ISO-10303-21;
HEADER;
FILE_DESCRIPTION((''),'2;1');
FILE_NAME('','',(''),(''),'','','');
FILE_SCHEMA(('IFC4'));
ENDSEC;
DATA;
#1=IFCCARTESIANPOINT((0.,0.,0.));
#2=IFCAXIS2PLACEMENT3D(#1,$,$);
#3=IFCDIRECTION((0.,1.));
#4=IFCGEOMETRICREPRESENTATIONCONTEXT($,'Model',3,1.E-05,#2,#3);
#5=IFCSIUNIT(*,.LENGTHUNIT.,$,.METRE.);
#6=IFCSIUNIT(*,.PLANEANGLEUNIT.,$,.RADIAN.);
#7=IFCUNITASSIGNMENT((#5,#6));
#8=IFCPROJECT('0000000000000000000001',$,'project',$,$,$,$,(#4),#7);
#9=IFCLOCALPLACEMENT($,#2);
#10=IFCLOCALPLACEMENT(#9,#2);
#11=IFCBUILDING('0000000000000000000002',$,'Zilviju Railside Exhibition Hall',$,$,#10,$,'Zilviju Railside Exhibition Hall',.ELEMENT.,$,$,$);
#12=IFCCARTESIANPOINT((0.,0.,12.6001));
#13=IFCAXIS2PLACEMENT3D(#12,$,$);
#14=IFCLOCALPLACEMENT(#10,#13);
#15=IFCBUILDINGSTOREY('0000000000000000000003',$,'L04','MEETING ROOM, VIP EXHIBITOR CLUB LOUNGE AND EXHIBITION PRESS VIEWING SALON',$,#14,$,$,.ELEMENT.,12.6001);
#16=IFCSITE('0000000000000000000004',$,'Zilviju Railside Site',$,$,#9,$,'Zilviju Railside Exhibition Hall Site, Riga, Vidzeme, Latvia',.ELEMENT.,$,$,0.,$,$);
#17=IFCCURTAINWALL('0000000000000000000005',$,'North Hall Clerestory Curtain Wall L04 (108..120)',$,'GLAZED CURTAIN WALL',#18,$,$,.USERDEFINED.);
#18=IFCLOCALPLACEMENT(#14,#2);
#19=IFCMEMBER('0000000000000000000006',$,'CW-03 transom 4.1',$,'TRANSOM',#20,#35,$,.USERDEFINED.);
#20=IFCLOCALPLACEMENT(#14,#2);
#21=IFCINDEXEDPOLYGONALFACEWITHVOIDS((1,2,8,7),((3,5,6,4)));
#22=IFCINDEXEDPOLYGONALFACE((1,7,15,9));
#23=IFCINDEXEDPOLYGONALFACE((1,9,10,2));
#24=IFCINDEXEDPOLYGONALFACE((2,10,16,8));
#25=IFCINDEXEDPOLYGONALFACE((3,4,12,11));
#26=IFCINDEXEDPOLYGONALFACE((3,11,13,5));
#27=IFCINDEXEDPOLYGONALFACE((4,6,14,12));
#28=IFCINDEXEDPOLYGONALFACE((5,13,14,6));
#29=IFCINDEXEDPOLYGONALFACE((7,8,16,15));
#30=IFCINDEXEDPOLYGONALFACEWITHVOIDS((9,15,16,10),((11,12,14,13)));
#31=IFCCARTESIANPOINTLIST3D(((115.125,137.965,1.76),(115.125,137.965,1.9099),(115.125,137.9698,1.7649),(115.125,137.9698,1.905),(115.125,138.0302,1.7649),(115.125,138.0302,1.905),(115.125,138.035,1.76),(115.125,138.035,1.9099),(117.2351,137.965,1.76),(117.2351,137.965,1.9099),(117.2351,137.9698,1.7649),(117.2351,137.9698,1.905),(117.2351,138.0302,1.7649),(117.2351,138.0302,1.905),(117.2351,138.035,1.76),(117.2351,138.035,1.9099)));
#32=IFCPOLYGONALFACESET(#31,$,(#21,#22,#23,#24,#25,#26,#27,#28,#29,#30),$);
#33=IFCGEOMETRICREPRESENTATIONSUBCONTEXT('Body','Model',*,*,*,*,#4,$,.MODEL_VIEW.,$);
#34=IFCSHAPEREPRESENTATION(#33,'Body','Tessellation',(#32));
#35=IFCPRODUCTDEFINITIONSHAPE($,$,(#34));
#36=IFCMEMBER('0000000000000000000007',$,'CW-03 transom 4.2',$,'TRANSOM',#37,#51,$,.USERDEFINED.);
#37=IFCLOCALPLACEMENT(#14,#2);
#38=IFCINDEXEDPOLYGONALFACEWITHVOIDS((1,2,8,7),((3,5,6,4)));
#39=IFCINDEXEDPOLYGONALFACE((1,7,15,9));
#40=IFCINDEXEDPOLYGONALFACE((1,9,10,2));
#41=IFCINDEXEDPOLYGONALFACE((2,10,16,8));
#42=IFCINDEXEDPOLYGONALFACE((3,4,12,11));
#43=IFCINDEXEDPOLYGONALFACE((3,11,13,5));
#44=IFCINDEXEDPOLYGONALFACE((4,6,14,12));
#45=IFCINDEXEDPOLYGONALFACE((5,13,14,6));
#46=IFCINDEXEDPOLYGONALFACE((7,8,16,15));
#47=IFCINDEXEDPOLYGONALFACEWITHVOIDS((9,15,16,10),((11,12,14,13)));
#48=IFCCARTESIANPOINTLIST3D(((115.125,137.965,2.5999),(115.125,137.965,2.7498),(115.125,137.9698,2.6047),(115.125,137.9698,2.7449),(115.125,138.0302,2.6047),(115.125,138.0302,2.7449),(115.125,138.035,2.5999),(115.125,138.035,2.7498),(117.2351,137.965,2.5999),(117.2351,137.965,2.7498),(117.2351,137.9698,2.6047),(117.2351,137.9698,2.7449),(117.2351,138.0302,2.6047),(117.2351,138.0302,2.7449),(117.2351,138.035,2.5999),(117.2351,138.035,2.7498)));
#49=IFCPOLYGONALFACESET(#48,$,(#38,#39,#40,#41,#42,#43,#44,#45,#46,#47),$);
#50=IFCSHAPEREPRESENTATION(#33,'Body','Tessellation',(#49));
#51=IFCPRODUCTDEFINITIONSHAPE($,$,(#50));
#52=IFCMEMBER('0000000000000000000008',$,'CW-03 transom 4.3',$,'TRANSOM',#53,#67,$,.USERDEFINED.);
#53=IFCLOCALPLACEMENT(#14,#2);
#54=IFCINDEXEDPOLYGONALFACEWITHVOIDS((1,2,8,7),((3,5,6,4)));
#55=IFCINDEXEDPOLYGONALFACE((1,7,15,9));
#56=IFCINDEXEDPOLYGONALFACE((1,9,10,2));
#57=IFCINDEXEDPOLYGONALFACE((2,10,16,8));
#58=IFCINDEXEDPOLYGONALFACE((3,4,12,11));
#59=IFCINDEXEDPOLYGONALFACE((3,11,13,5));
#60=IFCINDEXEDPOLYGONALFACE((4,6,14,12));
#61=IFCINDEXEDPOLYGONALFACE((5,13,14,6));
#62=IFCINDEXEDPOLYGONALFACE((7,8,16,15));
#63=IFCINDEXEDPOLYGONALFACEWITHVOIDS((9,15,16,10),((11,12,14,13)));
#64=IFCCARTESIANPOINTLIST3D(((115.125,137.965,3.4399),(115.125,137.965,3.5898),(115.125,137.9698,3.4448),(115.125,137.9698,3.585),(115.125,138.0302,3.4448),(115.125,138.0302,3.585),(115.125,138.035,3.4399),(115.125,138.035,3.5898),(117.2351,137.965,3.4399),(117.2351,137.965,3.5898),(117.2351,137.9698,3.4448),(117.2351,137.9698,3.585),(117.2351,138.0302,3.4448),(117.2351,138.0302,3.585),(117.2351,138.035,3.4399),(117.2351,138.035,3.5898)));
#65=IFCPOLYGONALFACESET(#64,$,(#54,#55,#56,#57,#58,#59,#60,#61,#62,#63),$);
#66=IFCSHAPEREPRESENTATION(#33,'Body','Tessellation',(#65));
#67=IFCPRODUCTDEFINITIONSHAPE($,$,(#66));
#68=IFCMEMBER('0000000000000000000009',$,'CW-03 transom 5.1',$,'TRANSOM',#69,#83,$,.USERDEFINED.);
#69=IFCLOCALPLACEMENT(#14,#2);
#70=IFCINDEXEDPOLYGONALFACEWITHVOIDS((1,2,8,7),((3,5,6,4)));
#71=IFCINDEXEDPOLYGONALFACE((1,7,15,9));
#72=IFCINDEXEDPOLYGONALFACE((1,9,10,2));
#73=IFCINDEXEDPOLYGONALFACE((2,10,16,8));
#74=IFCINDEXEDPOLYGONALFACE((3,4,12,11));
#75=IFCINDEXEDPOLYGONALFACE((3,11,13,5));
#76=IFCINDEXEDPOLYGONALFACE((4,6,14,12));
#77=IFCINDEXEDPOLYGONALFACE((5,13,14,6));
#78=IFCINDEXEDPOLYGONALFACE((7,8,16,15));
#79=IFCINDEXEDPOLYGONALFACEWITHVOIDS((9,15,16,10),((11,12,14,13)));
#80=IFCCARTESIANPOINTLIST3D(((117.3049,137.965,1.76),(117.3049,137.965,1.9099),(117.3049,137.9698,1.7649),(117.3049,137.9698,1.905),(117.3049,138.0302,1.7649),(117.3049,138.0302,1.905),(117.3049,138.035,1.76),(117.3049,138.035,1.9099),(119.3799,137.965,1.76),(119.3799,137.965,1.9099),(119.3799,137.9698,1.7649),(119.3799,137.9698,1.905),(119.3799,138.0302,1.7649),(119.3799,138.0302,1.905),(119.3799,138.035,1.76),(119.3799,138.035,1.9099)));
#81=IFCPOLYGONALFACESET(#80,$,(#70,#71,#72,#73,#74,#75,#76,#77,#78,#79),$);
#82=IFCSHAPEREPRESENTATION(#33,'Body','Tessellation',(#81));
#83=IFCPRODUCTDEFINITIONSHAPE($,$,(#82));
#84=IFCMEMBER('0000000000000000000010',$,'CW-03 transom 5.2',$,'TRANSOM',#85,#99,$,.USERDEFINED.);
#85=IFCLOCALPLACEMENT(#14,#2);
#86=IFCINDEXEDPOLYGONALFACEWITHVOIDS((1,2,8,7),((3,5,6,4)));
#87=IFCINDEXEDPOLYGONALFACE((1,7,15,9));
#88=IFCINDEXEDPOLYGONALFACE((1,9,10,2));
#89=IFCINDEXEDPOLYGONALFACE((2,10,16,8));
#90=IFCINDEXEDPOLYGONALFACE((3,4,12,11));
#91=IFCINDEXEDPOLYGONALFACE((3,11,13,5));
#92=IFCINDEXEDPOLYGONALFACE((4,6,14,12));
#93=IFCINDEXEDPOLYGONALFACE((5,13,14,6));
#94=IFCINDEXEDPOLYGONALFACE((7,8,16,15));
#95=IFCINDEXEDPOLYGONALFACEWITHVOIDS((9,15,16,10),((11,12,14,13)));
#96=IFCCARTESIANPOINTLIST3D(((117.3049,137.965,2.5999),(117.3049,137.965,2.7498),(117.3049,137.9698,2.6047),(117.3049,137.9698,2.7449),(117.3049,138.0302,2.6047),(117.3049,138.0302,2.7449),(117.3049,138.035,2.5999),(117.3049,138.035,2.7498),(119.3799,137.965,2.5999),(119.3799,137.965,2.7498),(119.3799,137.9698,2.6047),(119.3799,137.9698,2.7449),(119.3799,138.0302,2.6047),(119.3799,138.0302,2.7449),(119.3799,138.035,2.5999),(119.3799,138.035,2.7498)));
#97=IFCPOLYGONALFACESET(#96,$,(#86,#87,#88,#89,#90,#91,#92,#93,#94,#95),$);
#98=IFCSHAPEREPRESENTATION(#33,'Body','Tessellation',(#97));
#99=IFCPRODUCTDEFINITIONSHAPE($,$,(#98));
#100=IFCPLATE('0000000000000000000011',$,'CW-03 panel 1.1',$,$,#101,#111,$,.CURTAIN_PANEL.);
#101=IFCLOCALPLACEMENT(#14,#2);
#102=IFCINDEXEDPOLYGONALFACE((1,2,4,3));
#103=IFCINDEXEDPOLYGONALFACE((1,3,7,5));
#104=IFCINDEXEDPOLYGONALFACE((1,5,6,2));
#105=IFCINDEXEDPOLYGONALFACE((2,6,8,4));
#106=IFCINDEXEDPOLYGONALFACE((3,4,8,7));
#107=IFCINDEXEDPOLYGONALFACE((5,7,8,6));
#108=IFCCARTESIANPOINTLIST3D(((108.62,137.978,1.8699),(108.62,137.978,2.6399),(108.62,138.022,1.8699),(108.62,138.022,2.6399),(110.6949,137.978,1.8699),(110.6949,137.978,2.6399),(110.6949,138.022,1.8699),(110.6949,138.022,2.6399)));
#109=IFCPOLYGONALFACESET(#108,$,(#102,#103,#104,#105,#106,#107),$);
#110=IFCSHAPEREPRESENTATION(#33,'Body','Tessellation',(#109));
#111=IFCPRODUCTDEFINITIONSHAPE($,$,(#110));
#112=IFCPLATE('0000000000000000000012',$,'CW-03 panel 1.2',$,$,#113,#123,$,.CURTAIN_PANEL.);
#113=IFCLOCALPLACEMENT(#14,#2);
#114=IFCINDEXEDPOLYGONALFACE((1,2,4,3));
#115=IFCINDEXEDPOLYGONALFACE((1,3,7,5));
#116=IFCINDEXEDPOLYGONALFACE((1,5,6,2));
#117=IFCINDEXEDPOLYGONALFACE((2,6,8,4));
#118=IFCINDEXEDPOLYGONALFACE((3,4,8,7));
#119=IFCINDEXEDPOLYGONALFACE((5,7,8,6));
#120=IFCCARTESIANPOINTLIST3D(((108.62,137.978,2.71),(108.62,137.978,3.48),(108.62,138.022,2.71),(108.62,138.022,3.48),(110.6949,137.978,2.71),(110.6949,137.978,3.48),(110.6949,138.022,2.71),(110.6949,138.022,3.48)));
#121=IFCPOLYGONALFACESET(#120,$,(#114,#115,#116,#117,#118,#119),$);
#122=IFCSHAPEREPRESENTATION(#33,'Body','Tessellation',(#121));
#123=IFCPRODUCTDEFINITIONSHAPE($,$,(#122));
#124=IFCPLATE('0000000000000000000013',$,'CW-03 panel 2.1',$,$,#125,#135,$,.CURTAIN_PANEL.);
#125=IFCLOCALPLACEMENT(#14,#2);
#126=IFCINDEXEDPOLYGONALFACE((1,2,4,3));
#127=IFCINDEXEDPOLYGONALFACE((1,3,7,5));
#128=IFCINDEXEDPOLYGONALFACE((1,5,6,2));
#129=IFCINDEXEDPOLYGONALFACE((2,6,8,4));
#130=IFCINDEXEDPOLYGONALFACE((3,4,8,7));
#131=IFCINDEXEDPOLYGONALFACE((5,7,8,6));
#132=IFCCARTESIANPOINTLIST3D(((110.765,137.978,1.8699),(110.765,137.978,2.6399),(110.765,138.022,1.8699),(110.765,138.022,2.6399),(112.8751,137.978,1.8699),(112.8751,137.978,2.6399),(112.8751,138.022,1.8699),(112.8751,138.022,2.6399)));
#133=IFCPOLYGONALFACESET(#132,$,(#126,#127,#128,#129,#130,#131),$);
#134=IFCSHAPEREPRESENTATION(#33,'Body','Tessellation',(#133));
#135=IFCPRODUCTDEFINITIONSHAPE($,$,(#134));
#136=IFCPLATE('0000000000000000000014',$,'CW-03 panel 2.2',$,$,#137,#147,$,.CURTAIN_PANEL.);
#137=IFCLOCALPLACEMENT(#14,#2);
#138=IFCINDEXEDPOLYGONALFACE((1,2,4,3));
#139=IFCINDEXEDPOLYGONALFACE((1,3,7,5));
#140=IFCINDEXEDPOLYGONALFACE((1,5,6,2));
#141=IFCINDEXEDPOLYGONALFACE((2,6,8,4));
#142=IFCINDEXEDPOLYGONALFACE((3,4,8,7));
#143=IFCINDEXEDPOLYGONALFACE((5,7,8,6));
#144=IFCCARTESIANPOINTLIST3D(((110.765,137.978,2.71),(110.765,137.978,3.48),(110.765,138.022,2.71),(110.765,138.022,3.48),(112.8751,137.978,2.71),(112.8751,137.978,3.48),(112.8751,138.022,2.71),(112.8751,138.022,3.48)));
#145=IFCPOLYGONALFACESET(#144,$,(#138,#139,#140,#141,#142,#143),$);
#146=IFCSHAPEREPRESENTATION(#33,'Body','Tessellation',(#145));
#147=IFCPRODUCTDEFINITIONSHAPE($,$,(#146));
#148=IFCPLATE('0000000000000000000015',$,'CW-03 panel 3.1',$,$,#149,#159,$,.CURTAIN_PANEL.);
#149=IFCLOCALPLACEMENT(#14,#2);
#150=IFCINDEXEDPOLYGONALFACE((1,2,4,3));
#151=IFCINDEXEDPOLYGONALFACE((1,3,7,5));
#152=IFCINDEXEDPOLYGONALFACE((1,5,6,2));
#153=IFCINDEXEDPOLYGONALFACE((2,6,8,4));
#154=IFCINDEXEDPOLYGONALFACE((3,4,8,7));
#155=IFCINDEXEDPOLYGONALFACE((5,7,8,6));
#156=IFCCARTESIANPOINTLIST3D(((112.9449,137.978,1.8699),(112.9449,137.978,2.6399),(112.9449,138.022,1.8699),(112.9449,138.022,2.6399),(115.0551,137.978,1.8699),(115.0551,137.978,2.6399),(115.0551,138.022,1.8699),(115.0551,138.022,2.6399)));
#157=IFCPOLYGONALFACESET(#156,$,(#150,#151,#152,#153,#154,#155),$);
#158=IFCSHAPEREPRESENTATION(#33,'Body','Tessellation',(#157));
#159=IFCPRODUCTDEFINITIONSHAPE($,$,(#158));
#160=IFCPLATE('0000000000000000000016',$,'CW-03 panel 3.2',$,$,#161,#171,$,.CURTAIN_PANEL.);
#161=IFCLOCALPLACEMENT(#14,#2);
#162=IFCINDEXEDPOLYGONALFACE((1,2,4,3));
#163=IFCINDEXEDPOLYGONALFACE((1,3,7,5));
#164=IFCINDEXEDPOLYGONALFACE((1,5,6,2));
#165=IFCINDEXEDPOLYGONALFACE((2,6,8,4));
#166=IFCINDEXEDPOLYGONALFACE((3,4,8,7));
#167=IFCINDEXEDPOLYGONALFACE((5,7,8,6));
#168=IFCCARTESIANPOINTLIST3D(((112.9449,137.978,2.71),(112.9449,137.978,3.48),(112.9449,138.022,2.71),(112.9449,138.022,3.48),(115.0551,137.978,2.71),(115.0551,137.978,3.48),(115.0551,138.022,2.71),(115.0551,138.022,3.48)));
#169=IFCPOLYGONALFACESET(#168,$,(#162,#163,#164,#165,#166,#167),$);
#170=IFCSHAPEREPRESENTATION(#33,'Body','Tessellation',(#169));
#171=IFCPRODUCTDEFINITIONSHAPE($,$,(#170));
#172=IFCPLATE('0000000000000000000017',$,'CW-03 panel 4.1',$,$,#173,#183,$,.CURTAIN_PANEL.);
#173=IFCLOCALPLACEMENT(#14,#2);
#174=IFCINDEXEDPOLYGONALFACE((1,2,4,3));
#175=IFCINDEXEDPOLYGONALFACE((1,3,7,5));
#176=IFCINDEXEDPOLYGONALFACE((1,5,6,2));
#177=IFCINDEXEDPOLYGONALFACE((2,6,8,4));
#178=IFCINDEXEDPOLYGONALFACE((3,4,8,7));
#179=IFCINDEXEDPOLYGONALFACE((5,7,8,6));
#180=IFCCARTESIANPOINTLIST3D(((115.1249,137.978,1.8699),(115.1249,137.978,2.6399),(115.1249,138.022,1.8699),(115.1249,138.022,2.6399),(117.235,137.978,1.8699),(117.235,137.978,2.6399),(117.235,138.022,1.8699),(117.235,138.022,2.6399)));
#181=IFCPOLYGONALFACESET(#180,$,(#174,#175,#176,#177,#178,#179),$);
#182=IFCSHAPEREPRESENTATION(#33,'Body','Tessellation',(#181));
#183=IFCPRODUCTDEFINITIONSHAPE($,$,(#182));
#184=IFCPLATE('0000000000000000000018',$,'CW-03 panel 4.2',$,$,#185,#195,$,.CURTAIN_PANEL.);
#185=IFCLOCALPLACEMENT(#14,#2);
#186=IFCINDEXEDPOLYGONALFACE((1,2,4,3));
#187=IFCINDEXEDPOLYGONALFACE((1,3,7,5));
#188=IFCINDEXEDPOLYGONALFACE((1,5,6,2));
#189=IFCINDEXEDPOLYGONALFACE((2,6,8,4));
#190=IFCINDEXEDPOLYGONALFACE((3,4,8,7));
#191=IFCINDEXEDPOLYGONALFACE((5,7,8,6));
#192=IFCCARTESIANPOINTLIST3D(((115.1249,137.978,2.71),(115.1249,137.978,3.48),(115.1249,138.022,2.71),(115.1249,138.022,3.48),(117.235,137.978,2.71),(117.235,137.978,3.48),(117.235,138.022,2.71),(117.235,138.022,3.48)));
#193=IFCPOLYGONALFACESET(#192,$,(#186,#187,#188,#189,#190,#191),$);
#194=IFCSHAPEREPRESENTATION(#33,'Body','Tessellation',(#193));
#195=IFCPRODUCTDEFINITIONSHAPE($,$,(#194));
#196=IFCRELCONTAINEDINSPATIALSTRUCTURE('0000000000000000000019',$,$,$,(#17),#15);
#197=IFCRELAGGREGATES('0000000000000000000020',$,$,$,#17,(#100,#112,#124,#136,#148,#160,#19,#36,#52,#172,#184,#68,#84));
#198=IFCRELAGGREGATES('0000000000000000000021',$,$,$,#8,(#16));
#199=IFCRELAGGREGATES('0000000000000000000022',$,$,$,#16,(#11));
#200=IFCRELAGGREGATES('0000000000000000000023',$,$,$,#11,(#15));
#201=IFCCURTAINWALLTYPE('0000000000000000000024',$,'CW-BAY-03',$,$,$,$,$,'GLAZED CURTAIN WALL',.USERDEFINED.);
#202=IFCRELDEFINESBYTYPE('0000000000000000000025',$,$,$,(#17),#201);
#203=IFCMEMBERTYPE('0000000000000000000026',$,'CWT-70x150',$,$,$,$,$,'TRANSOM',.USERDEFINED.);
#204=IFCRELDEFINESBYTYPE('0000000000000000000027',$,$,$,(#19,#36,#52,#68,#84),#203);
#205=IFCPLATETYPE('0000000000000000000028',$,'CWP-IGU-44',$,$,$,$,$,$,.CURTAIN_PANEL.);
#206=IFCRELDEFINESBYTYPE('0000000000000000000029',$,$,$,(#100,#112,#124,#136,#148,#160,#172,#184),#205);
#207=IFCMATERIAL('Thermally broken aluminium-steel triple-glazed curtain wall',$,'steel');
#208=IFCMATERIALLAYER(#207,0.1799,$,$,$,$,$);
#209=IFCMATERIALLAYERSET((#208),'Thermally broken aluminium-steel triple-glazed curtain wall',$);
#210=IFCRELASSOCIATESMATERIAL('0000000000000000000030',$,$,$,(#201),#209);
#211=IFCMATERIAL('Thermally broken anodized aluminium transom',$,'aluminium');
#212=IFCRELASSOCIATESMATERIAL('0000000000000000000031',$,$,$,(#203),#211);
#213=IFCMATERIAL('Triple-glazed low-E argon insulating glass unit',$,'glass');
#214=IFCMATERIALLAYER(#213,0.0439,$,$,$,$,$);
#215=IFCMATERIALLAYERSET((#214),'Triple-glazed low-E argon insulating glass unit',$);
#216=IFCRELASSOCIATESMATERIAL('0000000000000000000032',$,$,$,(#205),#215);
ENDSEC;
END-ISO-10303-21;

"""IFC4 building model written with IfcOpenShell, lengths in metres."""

from ifc_helpers import new_model, si_unit, direction, frame, origin, origin_2d, place, context, subcontext, project, spatial, rectangle, hollow_rectangle, extrude, material, layer, layer_set, material_profile, profile_set, type_object, element, aggregate, save


model = new_model("IFC4")

# Units and contexts
model_context = context("Model", 3, precision=1e-05, world=origin(), true_north=direction((0.0, 1.0)))
body_context = subcontext(model_context, "Body", "Model", "MODEL_VIEW")
ifc_project = project(units=[si_unit("LENGTHUNIT", "METRE"), si_unit("PLANEANGLEUNIT", "RADIAN")], contexts=[model_context])

# Site, building, storey
site_placement = place(None, origin())
site = spatial("IfcSite", under=ifc_project, at=site_placement, Name="Zilviju Railside Site", LongName="Zilviju Railside Exhibition Hall Site, Riga, Vidzeme, Latvia", CompositionType="ELEMENT", RefElevation=0.0)
building_placement = place(site_placement, origin())
building = spatial("IfcBuilding", under=site, at=building_placement, Name="Zilviju Railside Exhibition Hall", LongName="Zilviju Railside Exhibition Hall", CompositionType="ELEMENT")
storey_placement = place(building_placement, frame((0.0, 0.0, 12.6001)))
storey = spatial("IfcBuildingStorey", under=building, at=storey_placement, Name="L04", Description="MEETING ROOM, VIP EXHIBITOR CLUB LOUNGE AND EXHIBITION PRESS VIEWING SALON", CompositionType="ELEMENT", Elevation=12.6001)

# Curtain wall, members, plates
ifc_material_1 = material(Name="Thermally broken aluminium-steel triple-glazed curtain wall", Category="steel")
ifc_layer_1 = layer(ifc_material_1, 0.1799)
ifc_layer_set_1 = layer_set([ifc_layer_1], Name="Thermally broken aluminium-steel triple-glazed curtain wall")
curtain_wall_type = type_object("IfcCurtainWallType", Name="CW-BAY-03", ElementType="GLAZED CURTAIN WALL", PredefinedType="USERDEFINED", material=ifc_layer_set_1)
curtain_wall_placement = place(storey_placement, origin())
curtain_wall = element("IfcCurtainWall", 1, at=curtain_wall_placement, inside=storey, type_object=curtain_wall_type, Name="North Hall Clerestory Curtain Wall L04 (108..120)", ObjectType="GLAZED CURTAIN WALL", PredefinedType="USERDEFINED")
ifc_material_2 = material(Name="Thermally broken anodized aluminium transom", Category="aluminium")
ifc_material_profile_1 = material_profile(ifc_material_2, hollow_rectangle(XDim=0.0701, YDim=0.1499, WallThickness=0.0049, at=origin_2d()), Name="TRANSOM 150x70x5")
ifc_profile_set_1 = profile_set([ifc_material_profile_1], Name="Thermally broken anodized aluminium transom")
member_type_1 = type_object("IfcMemberType", Name="CWT-70x150", ElementType="TRANSOM", PredefinedType="USERDEFINED", material=ifc_profile_set_1)
member_1_placement = place(storey_placement, frame((115.125, 138.0, 1.835), z_axis=(1.0, 0.0, 0.0), x_axis=(0.0, 1.0, 0.0)))
member_1 = element("IfcMember", 2, at=member_1_placement, type_object=member_type_1, Name="CW-03 transom 4.1", ObjectType="TRANSOM", PredefinedType="USERDEFINED", context=body_context, shape_type="SweptSolid", body=[
    extrude(hollow_rectangle(XDim=0.0701, YDim=0.1499, WallThickness=0.0049, at=origin_2d()), origin(), (0.0, 0.0, 1.0), 2.1101),
])
member_2_placement = place(storey_placement, frame((115.125, 138.0, 2.6748), z_axis=(1.0, 0.0, 0.0), x_axis=(0.0, 1.0, 0.0)))
member_2 = element("IfcMember", 3, at=member_2_placement, type_object=member_type_1, Name="CW-03 transom 4.2", ObjectType="TRANSOM", PredefinedType="USERDEFINED", context=body_context, shape_type="SweptSolid", body=[
    extrude(hollow_rectangle(XDim=0.0701, YDim=0.1499, WallThickness=0.0049, at=origin_2d()), origin(), (0.0, 0.0, 1.0), 2.1101),
])
member_3_placement = place(storey_placement, frame((115.125, 138.0, 3.5149), z_axis=(1.0, 0.0, 0.0), x_axis=(0.0, 1.0, 0.0)))
member_3 = element("IfcMember", 4, at=member_3_placement, type_object=member_type_1, Name="CW-03 transom 4.3", ObjectType="TRANSOM", PredefinedType="USERDEFINED", context=body_context, shape_type="SweptSolid", body=[
    extrude(hollow_rectangle(XDim=0.0701, YDim=0.1499, WallThickness=0.0049, at=origin_2d()), origin(), (0.0, 0.0, 1.0), 2.1101),
])
member_4_placement = place(storey_placement, frame((117.3049, 138.0, 1.835), z_axis=(1.0, 0.0, 0.0), x_axis=(0.0, 1.0, 0.0)))
member_4 = element("IfcMember", 5, at=member_4_placement, type_object=member_type_1, Name="CW-03 transom 5.1", ObjectType="TRANSOM", PredefinedType="USERDEFINED", context=body_context, shape_type="SweptSolid", body=[
    extrude(hollow_rectangle(XDim=0.0701, YDim=0.1499, WallThickness=0.0049, at=origin_2d()), origin(), (0.0, 0.0, 1.0), 2.075),
])
member_5_placement = place(storey_placement, frame((117.3049, 138.0, 2.6748), z_axis=(1.0, 0.0, 0.0), x_axis=(0.0, 1.0, 0.0)))
member_5 = element("IfcMember", 6, at=member_5_placement, type_object=member_type_1, Name="CW-03 transom 5.2", ObjectType="TRANSOM", PredefinedType="USERDEFINED", context=body_context, shape_type="SweptSolid", body=[
    extrude(hollow_rectangle(XDim=0.0701, YDim=0.1499, WallThickness=0.0049, at=origin_2d()), origin(), (0.0, 0.0, 1.0), 2.075),
])
ifc_material_3 = material(Name="Triple-glazed low-E argon insulating glass unit", Category="glass")
ifc_layer_2 = layer(ifc_material_3, 0.0439)
ifc_layer_set_2 = layer_set([ifc_layer_2], Name="Triple-glazed low-E argon insulating glass unit")
plate_type = type_object("IfcPlateType", Name="CWP-IGU-44", PredefinedType="CURTAIN_PANEL", material=ifc_layer_set_2)
plate_1_placement = place(storey_placement, frame((109.6575, 138.0, 1.8699), z_axis=(0.0, 0.0, 1.0), x_axis=(1.0, 0.0, 0.0)))
plate_1 = element("IfcPlate", 7, at=plate_1_placement, type_object=plate_type, Name="CW-03 panel 1.1", PredefinedType="CURTAIN_PANEL", context=body_context, shape_type="SweptSolid", body=[
    extrude(rectangle(XDim=2.075, YDim=0.0439, at=origin_2d()), origin(), (0.0, 0.0, 1.0), 0.77),
])
plate_2_placement = place(storey_placement, frame((109.6575, 138.0, 2.71), z_axis=(0.0, 0.0, 1.0), x_axis=(1.0, 0.0, 0.0)))
plate_2 = element("IfcPlate", 8, at=plate_2_placement, type_object=plate_type, Name="CW-03 panel 1.2", PredefinedType="CURTAIN_PANEL", context=body_context, shape_type="SweptSolid", body=[
    extrude(rectangle(XDim=2.075, YDim=0.0439, at=origin_2d()), origin(), (0.0, 0.0, 1.0), 0.77),
])
plate_3_placement = place(storey_placement, frame((111.8201, 138.0, 1.8699), z_axis=(0.0, 0.0, 1.0), x_axis=(1.0, 0.0, 0.0)))
plate_3 = element("IfcPlate", 9, at=plate_3_placement, type_object=plate_type, Name="CW-03 panel 2.1", PredefinedType="CURTAIN_PANEL", context=body_context, shape_type="SweptSolid", body=[
    extrude(rectangle(XDim=2.1101, YDim=0.0439, at=origin_2d()), origin(), (0.0, 0.0, 1.0), 0.77),
])
plate_4_placement = place(storey_placement, frame((111.8201, 138.0, 2.71), z_axis=(0.0, 0.0, 1.0), x_axis=(1.0, 0.0, 0.0)))
plate_4 = element("IfcPlate", 10, at=plate_4_placement, type_object=plate_type, Name="CW-03 panel 2.2", PredefinedType="CURTAIN_PANEL", context=body_context, shape_type="SweptSolid", body=[
    extrude(rectangle(XDim=2.1101, YDim=0.0439, at=origin_2d()), origin(), (0.0, 0.0, 1.0), 0.77),
])
plate_5_placement = place(storey_placement, frame((114.0, 138.0, 1.8699), z_axis=(0.0, 0.0, 1.0), x_axis=(1.0, 0.0, 0.0)))
plate_5 = element("IfcPlate", 11, at=plate_5_placement, type_object=plate_type, Name="CW-03 panel 3.1", PredefinedType="CURTAIN_PANEL", context=body_context, shape_type="SweptSolid", body=[
    extrude(rectangle(XDim=2.1101, YDim=0.0439, at=origin_2d()), origin(), (0.0, 0.0, 1.0), 0.77),
])
plate_6_placement = place(storey_placement, frame((114.0, 138.0, 2.71), z_axis=(0.0, 0.0, 1.0), x_axis=(1.0, 0.0, 0.0)))
plate_6 = element("IfcPlate", 12, at=plate_6_placement, type_object=plate_type, Name="CW-03 panel 3.2", PredefinedType="CURTAIN_PANEL", context=body_context, shape_type="SweptSolid", body=[
    extrude(rectangle(XDim=2.1101, YDim=0.0439, at=origin_2d()), origin(), (0.0, 0.0, 1.0), 0.77),
])
plate_7_placement = place(storey_placement, frame((116.1799, 138.0, 1.8699), z_axis=(0.0, 0.0, 1.0), x_axis=(1.0, 0.0, 0.0)))
plate_7 = element("IfcPlate", 13, at=plate_7_placement, type_object=plate_type, Name="CW-03 panel 4.1", PredefinedType="CURTAIN_PANEL", context=body_context, shape_type="SweptSolid", body=[
    extrude(rectangle(XDim=2.1101, YDim=0.0439, at=origin_2d()), origin(), (0.0, 0.0, 1.0), 0.77),
])
plate_8_placement = place(storey_placement, frame((116.1799, 138.0, 2.71), z_axis=(0.0, 0.0, 1.0), x_axis=(1.0, 0.0, 0.0)))
plate_8 = element("IfcPlate", 14, at=plate_8_placement, type_object=plate_type, Name="CW-03 panel 4.2", PredefinedType="CURTAIN_PANEL", context=body_context, shape_type="SweptSolid", body=[
    extrude(rectangle(XDim=2.1101, YDim=0.0439, at=origin_2d()), origin(), (0.0, 0.0, 1.0), 0.77),
])
aggregate(curtain_wall, [plate_1, plate_2, plate_3, plate_4, plate_5, plate_6, member_1, member_2, member_3, plate_7, plate_8, member_4, member_5])

save(model, "model.ifc")
